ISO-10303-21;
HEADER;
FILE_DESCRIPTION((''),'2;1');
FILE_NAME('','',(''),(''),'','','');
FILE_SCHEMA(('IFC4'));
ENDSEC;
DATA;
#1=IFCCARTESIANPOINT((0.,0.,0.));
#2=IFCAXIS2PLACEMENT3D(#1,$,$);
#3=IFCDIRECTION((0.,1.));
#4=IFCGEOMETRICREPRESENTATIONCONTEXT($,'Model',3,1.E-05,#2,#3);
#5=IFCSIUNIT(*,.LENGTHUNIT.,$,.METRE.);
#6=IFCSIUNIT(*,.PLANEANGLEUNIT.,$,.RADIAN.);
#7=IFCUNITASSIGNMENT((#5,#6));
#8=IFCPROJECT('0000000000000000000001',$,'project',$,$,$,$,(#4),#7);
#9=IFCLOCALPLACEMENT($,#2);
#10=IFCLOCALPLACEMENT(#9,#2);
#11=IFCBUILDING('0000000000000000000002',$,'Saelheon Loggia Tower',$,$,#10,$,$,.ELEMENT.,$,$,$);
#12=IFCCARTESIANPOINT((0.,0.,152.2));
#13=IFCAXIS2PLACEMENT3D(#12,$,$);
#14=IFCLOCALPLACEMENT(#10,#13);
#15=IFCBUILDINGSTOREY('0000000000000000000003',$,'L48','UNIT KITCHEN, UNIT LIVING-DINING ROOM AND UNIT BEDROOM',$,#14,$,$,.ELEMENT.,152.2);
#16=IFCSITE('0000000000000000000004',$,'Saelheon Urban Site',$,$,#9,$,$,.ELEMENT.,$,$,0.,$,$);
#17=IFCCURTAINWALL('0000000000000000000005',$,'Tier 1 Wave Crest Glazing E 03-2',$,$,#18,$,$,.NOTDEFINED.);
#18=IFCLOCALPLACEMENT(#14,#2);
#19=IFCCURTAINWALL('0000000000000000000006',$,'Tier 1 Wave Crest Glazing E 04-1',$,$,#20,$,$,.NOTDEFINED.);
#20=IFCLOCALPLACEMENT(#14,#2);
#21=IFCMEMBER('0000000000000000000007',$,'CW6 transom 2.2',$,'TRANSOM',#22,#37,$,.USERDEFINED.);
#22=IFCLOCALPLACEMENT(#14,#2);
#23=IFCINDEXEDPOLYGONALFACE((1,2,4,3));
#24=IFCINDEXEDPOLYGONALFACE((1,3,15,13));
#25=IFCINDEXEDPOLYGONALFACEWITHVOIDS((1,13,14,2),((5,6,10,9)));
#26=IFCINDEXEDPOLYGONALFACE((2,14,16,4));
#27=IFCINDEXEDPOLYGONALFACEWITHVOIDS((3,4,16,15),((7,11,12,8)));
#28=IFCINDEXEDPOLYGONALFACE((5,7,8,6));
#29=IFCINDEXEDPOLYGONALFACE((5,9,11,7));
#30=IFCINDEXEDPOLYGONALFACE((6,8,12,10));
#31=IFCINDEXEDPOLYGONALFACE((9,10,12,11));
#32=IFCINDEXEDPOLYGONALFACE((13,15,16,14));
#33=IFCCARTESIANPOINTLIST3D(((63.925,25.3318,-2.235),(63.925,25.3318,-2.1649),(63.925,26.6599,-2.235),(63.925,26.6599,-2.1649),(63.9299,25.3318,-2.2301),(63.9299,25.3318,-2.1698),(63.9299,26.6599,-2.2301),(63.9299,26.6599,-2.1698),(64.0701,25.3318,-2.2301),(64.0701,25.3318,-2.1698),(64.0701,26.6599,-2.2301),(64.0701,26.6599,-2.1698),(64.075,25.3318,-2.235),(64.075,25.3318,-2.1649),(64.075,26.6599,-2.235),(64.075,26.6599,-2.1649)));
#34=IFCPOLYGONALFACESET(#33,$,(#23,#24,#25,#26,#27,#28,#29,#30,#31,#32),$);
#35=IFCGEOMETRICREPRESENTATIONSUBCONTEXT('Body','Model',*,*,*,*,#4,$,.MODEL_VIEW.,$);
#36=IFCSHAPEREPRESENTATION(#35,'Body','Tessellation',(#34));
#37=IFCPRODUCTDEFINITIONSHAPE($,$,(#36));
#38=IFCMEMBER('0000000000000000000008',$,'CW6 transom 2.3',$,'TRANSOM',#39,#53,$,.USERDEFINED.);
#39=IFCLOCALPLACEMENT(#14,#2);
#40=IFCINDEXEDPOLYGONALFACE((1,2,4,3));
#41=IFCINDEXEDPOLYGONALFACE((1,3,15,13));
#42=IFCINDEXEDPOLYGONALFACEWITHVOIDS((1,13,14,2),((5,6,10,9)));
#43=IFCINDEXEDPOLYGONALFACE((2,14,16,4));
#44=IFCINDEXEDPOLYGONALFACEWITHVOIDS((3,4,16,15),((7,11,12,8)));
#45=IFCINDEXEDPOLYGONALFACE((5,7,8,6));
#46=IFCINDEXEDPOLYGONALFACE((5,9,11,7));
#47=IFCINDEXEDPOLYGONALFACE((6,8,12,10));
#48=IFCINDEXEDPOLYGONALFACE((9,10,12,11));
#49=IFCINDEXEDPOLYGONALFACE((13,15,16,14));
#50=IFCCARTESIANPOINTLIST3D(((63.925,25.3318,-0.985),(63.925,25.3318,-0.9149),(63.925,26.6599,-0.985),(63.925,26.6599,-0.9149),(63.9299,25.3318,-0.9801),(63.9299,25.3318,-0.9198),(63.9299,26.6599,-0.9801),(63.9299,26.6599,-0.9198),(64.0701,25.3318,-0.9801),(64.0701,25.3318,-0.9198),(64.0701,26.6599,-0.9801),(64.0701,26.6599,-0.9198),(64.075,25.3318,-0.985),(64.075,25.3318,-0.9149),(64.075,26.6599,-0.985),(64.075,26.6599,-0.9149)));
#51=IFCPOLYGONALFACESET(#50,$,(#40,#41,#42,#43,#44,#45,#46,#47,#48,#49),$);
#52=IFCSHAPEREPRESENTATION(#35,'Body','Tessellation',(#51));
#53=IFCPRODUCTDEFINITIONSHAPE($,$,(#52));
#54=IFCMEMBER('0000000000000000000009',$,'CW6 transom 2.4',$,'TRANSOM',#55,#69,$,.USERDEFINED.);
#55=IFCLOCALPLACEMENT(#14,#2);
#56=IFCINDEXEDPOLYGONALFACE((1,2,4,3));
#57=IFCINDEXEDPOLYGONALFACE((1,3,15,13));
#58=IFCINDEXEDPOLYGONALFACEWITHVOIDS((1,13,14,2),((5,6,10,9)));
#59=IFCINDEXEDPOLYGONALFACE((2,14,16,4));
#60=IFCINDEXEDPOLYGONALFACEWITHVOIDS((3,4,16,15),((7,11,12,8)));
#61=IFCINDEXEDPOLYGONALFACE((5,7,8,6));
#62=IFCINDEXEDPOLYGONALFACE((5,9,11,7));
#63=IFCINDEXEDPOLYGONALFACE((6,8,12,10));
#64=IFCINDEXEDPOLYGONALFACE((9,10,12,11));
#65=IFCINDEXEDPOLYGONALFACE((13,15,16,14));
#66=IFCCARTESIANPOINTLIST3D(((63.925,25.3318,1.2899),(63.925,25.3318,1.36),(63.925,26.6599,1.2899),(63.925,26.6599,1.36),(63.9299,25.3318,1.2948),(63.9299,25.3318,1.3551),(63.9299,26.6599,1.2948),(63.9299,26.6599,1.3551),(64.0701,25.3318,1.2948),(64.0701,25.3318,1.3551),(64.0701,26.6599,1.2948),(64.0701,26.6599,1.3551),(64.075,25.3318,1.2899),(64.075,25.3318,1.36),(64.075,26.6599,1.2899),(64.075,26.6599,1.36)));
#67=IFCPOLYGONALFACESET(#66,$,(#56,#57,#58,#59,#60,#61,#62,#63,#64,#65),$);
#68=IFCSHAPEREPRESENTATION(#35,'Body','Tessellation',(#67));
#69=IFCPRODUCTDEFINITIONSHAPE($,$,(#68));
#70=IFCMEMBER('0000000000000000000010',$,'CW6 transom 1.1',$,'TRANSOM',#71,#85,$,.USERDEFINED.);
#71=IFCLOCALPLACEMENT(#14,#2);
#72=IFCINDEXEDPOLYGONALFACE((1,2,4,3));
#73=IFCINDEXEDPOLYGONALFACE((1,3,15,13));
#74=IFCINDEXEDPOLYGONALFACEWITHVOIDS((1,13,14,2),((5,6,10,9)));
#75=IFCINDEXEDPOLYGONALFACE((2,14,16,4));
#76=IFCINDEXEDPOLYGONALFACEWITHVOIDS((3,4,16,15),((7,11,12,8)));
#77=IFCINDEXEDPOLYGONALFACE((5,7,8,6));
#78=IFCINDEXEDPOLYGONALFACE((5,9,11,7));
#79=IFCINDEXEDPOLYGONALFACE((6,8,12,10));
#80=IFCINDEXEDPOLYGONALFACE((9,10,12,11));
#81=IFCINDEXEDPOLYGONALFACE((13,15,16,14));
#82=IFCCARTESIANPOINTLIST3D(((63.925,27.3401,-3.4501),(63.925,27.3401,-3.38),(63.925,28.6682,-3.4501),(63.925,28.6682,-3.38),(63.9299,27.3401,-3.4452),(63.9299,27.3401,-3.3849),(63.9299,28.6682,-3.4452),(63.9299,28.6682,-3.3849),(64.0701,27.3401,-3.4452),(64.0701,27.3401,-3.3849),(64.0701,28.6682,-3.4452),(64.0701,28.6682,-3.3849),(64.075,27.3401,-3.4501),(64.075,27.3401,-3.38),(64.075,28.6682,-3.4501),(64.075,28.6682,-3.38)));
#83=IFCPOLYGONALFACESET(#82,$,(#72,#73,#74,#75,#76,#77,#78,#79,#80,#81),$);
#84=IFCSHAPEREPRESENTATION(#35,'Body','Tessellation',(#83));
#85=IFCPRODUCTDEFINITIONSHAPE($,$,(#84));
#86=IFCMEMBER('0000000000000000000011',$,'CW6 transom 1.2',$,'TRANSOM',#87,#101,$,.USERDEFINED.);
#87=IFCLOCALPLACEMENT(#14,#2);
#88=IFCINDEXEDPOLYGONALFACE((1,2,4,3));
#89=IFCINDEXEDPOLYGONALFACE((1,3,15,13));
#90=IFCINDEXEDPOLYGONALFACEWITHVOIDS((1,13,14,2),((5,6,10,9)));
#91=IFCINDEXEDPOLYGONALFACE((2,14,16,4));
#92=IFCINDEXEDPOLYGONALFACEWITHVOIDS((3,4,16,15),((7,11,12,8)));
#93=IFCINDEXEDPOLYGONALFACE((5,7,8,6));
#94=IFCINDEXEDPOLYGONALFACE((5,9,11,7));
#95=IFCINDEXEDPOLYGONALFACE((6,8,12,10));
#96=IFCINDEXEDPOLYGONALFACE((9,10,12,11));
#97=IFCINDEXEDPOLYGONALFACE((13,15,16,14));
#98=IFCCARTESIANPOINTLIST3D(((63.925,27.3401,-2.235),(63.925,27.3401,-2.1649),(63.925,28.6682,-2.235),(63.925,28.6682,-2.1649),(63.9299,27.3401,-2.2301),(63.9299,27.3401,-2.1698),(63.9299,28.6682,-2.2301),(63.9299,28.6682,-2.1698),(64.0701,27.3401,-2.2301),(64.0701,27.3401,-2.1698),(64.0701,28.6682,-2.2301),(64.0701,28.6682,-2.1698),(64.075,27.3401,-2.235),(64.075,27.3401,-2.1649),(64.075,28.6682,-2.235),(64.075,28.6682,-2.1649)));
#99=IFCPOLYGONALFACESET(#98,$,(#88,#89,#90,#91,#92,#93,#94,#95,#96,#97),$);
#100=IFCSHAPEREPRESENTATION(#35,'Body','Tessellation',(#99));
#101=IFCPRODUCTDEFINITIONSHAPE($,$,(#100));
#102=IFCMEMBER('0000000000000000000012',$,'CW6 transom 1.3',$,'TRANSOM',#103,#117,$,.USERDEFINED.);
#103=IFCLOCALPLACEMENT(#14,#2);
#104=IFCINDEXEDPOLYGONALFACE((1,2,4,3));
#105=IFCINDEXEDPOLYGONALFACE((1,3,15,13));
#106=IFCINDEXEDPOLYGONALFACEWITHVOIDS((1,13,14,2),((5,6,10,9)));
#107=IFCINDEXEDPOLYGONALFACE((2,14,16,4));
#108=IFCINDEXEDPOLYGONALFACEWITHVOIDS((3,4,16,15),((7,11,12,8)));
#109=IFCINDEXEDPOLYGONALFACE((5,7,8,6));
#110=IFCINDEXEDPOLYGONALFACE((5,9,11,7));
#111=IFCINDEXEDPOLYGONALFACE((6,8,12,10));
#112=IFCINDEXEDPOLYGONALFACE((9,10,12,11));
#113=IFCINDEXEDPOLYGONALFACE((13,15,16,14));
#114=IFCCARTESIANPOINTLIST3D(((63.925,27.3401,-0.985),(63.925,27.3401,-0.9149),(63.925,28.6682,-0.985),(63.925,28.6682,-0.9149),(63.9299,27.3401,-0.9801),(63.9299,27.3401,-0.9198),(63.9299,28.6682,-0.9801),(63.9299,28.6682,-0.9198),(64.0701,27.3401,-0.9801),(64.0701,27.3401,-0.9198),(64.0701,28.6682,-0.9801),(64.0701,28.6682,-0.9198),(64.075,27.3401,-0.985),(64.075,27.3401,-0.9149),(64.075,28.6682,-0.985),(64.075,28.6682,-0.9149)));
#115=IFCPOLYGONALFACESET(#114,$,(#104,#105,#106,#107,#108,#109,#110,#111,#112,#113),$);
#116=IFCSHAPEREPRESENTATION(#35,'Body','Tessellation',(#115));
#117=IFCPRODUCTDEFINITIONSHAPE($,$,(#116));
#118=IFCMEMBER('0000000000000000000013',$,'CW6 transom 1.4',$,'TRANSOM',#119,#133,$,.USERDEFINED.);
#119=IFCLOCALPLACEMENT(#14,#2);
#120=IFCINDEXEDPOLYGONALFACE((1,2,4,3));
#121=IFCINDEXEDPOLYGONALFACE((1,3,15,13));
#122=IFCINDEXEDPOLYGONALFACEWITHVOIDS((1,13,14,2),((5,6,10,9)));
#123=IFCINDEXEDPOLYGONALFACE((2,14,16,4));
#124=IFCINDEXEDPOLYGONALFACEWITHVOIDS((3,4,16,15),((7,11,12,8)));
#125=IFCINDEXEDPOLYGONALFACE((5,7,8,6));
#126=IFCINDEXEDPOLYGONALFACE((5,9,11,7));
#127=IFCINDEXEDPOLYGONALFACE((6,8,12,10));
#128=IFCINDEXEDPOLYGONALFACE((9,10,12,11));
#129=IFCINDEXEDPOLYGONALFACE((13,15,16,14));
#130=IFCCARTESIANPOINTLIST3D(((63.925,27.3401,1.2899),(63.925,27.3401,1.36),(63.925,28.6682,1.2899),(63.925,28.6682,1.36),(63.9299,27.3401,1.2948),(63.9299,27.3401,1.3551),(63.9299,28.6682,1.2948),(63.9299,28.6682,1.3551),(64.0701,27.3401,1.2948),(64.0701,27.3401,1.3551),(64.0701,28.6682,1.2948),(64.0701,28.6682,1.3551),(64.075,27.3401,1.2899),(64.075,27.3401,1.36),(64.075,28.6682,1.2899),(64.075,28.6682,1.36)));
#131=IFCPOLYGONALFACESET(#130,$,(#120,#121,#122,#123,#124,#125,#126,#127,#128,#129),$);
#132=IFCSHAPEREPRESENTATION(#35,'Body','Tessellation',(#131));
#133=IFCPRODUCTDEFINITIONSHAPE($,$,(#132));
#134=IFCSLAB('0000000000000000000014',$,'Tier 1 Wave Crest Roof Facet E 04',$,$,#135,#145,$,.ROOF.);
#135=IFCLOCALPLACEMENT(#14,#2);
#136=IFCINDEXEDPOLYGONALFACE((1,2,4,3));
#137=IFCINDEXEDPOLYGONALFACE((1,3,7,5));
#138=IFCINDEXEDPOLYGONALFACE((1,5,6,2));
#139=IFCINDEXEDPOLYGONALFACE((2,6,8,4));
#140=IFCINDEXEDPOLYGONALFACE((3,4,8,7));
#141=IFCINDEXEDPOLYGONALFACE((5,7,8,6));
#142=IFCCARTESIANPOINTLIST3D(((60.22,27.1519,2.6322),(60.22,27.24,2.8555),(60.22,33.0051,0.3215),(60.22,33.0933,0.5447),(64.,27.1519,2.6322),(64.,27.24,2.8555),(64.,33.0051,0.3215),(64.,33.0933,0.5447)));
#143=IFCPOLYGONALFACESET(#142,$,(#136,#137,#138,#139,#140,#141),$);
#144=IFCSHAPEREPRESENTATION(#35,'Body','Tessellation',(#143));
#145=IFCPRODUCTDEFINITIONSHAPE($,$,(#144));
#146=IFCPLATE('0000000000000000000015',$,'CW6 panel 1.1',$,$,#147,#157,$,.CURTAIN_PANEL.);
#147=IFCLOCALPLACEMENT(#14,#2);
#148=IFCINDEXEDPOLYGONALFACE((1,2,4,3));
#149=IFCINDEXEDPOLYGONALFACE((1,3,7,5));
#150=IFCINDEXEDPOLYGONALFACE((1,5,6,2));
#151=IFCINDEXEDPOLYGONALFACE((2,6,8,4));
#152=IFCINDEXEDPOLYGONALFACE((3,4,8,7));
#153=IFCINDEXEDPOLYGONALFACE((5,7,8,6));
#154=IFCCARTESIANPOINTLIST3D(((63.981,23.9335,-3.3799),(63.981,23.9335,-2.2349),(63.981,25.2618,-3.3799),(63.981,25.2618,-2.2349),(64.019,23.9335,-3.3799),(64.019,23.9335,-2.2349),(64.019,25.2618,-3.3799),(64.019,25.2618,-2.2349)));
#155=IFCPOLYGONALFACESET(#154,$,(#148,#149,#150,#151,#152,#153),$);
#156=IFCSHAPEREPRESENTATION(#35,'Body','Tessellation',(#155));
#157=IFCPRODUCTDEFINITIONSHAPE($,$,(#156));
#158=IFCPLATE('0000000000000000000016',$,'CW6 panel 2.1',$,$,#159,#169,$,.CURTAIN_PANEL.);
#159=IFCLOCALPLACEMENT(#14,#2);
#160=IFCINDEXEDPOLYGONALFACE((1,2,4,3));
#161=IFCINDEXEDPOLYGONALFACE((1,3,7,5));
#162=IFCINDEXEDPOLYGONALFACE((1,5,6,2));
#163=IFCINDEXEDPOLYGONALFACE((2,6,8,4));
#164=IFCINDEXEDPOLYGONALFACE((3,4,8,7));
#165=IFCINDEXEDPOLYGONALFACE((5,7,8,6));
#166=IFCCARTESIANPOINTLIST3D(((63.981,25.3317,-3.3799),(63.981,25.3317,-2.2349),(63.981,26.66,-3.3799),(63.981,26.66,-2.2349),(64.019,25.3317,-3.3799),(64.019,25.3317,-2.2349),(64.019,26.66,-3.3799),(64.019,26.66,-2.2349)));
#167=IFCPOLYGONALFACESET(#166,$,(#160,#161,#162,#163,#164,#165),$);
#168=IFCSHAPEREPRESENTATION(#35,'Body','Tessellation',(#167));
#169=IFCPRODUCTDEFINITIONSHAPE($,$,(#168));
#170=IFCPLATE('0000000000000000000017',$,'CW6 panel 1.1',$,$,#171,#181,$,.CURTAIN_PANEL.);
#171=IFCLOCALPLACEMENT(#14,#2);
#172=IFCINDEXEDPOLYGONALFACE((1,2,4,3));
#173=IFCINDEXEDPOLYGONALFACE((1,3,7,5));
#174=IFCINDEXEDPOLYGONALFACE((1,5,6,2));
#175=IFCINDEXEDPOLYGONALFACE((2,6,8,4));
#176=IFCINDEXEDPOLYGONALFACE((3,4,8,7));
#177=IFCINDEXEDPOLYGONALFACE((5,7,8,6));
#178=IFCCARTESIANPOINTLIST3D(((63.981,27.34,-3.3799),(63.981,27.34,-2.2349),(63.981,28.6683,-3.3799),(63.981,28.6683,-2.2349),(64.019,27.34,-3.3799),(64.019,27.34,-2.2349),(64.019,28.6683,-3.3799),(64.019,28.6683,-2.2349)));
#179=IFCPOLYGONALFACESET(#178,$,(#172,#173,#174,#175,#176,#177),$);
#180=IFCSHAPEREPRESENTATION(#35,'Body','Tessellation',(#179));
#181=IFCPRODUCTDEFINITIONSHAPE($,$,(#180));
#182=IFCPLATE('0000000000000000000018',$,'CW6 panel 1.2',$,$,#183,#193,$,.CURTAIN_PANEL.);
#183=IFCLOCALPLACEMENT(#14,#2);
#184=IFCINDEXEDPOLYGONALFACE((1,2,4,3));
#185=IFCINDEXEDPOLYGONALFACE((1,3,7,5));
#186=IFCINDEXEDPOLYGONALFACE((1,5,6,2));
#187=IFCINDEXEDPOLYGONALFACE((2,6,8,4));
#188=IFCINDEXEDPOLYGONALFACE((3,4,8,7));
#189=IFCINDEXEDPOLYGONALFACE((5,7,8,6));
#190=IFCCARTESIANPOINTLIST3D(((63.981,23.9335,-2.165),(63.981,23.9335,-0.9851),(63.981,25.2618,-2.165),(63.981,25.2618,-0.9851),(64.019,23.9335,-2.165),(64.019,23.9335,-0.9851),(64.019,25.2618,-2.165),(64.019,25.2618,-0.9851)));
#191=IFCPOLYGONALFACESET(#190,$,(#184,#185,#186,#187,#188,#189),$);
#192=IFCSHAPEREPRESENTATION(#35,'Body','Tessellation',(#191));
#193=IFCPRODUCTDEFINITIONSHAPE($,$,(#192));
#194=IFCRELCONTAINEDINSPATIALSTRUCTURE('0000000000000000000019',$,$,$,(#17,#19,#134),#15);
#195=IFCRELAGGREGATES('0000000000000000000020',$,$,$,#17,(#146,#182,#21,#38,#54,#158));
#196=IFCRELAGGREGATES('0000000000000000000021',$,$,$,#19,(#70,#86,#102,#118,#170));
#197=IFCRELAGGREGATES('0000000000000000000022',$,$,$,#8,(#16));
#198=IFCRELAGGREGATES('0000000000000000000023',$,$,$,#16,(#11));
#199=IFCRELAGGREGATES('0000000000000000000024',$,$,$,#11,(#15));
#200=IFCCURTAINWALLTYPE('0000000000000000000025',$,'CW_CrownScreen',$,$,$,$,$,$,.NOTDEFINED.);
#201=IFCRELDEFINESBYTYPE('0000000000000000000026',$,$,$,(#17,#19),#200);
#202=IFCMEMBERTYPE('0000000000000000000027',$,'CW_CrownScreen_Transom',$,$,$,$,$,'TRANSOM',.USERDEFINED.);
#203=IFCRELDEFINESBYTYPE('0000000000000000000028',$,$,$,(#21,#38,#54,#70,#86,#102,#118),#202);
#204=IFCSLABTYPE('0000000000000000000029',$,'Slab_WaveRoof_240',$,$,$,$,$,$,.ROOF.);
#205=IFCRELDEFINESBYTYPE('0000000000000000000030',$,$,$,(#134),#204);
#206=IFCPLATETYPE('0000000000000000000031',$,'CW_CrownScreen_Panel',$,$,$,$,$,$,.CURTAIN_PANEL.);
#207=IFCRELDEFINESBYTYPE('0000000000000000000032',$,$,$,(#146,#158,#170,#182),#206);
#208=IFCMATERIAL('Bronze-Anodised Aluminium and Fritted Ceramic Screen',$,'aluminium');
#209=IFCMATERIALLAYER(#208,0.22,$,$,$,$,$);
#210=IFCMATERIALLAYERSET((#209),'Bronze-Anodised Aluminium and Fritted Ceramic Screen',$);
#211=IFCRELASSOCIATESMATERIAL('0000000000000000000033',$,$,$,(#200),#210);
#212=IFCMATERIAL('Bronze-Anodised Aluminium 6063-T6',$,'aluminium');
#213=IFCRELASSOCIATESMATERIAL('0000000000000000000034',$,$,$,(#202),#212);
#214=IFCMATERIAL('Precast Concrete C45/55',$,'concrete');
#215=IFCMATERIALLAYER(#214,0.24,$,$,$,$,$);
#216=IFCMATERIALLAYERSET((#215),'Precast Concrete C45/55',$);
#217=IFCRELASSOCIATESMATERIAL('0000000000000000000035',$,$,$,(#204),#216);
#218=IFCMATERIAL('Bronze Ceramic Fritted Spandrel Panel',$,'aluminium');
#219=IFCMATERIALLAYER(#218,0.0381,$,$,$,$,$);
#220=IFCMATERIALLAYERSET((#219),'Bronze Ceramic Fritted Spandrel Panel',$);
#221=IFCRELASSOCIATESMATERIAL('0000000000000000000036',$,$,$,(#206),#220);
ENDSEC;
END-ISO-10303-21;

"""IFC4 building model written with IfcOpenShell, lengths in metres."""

from ifc_helpers import new_model, si_unit, direction, frame, origin, origin_2d, place, context, subcontext, project, spatial, polyline, rectangle, hollow_rectangle, outline, extrude, source, transform, mapped, material, layer, layer_set, material_profile, profile_set, type_object, element, aggregate, save


model = new_model("IFC4")

# Units and contexts
model_context = context("Model", 3, precision=1e-05, world=origin(), true_north=direction((0.0, 1.0)))
body_context = subcontext(model_context, "Body", "Model", "MODEL_VIEW")
ifc_project = project(units=[si_unit("LENGTHUNIT", "METRE"), si_unit("PLANEANGLEUNIT", "RADIAN")], contexts=[model_context])

# Site, building, storey
site_placement = place(None, origin())
site = spatial("IfcSite", under=ifc_project, at=site_placement, Name="Saelheon Urban Site", CompositionType="ELEMENT", RefElevation=0.0)
building_placement = place(site_placement, origin())
building = spatial("IfcBuilding", under=site, at=building_placement, Name="Saelheon Loggia Tower", CompositionType="ELEMENT")
storey_placement = place(building_placement, frame((0.0, 0.0, 152.2)))
storey = spatial("IfcBuildingStorey", under=building, at=storey_placement, Name="L48", Description="UNIT KITCHEN, UNIT LIVING-DINING ROOM AND UNIT BEDROOM", CompositionType="ELEMENT", Elevation=152.2)

# Curtain walls
ifc_material_1 = material(Name="Bronze-Anodised Aluminium and Fritted Ceramic Screen", Category="aluminium")
ifc_layer_1 = layer(ifc_material_1, 0.22)
ifc_layer_set_1 = layer_set([ifc_layer_1], Name="Bronze-Anodised Aluminium and Fritted Ceramic Screen")
curtain_wall_type = type_object("IfcCurtainWallType", Name="CW_CrownScreen", PredefinedType="NOTDEFINED", material=ifc_layer_set_1)
curtain_wall_1_placement = place(storey_placement, origin())
curtain_wall_1 = element("IfcCurtainWall", 1, at=curtain_wall_1_placement, inside=storey, type_object=curtain_wall_type, Name="Tier 1 Wave Crest Glazing E 03-2", PredefinedType="NOTDEFINED")
ifc_material_2 = material(Name="Bronze-Anodised Aluminium 6063-T6", Category="aluminium")
ifc_material_profile_1 = material_profile(ifc_material_2, hollow_rectangle(XDim=0.0701, YDim=0.1499, WallThickness=0.0049, at=origin_2d()), Name="RHS-150x70x5")
ifc_profile_set_1 = profile_set([ifc_material_profile_1], Name="Bronze-Anodised Aluminium 6063-T6")
member_type_1 = type_object("IfcMemberType", Name="CW_CrownScreen_Transom", ElementType="TRANSOM", PredefinedType="USERDEFINED", material=ifc_profile_set_1)
curtain_wall_2_placement = place(storey_placement, origin())
curtain_wall_2 = element("IfcCurtainWall", 2, at=curtain_wall_2_placement, inside=storey, type_object=curtain_wall_type, Name="Tier 1 Wave Crest Glazing E 04-1", PredefinedType="NOTDEFINED")

# Members
shared_shape_1 = source(origin(), body_context, "Body", "SweptSolid", [
    extrude(hollow_rectangle(XDim=0.0701, YDim=0.1499, WallThickness=0.0049, at=origin_2d()), origin(), (0.0, 0.0, 1.0), 1.3281),
])
member_1_placement = place(storey_placement, frame((64.0, 25.3318, -2.2), z_axis=(0.0, 1.0, 0.0), x_axis=(0.0, 0.0, 1.0)))
member_1 = element("IfcMember", 3, at=member_1_placement, type_object=member_type_1, Name="CW6 transom 2.2", ObjectType="TRANSOM", PredefinedType="USERDEFINED", context=body_context, shape_type="MappedRepresentation", body=[
    mapped(shared_shape_1, transform((0.0, 0.0, 0.0), scale=1.0)),
])
member_2_placement = place(storey_placement, frame((64.0, 25.3318, -0.95), z_axis=(0.0, 1.0, 0.0), x_axis=(0.0, 0.0, 1.0)))
member_2 = element("IfcMember", 4, at=member_2_placement, type_object=member_type_1, Name="CW6 transom 2.3", ObjectType="TRANSOM", PredefinedType="USERDEFINED", context=body_context, shape_type="MappedRepresentation", body=[
    mapped(shared_shape_1, transform((0.0, 0.0, 0.0), scale=1.0)),
])
member_3_placement = place(storey_placement, frame((64.0, 25.3318, 1.325), z_axis=(0.0, 1.0, 0.0), x_axis=(0.0, 0.0, 1.0)))
member_3 = element("IfcMember", 5, at=member_3_placement, type_object=member_type_1, Name="CW6 transom 2.4", ObjectType="TRANSOM", PredefinedType="USERDEFINED", context=body_context, shape_type="MappedRepresentation", body=[
    mapped(shared_shape_1, transform((0.0, 0.0, 0.0), scale=1.0)),
])
member_4_placement = place(storey_placement, frame((64.0, 27.3401, -3.415), z_axis=(0.0, 1.0, 0.0), x_axis=(0.0, 0.0, 1.0)))
member_4 = element("IfcMember", 6, at=member_4_placement, type_object=member_type_1, Name="CW6 transom 1.1", ObjectType="TRANSOM", PredefinedType="USERDEFINED", context=body_context, shape_type="MappedRepresentation", body=[
    mapped(shared_shape_1, transform((0.0, 0.0, 0.0), scale=1.0)),
])
member_5_placement = place(storey_placement, frame((64.0, 27.3401, -2.2), z_axis=(0.0, 1.0, 0.0), x_axis=(0.0, 0.0, 1.0)))
member_5 = element("IfcMember", 7, at=member_5_placement, type_object=member_type_1, Name="CW6 transom 1.2", ObjectType="TRANSOM", PredefinedType="USERDEFINED", context=body_context, shape_type="MappedRepresentation", body=[
    mapped(shared_shape_1, transform((0.0, 0.0, 0.0), scale=1.0)),
])
member_6_placement = place(storey_placement, frame((64.0, 27.3401, -0.95), z_axis=(0.0, 1.0, 0.0), x_axis=(0.0, 0.0, 1.0)))
member_6 = element("IfcMember", 8, at=member_6_placement, type_object=member_type_1, Name="CW6 transom 1.3", ObjectType="TRANSOM", PredefinedType="USERDEFINED", context=body_context, shape_type="MappedRepresentation", body=[
    mapped(shared_shape_1, transform((0.0, 0.0, 0.0), scale=1.0)),
])
member_7_placement = place(storey_placement, frame((64.0, 27.3401, 1.325), z_axis=(0.0, 1.0, 0.0), x_axis=(0.0, 0.0, 1.0)))
member_7 = element("IfcMember", 9, at=member_7_placement, type_object=member_type_1, Name="CW6 transom 1.4", ObjectType="TRANSOM", PredefinedType="USERDEFINED", context=body_context, shape_type="MappedRepresentation", body=[
    mapped(shared_shape_1, transform((0.0, 0.0, 0.0), scale=1.0)),
])

# Slab
ifc_material_3 = material(Name="Precast Concrete C45/55", Category="concrete")
ifc_layer_2 = layer(ifc_material_3, 0.24)
ifc_layer_set_2 = layer_set([ifc_layer_2], Name="Precast Concrete C45/55")
slab_type = type_object("IfcSlabType", Name="Slab_WaveRoof_240", PredefinedType="ROOF", material=ifc_layer_set_2)
slab_placement = place(storey_placement, frame((60.22, 27.24, 2.8555), z_axis=(0.0, 0.367206, 0.93014), x_axis=(1.0, 0.0, 0.0)))
element("IfcSlab", 10, at=slab_placement, inside=storey, type_object=slab_type, Name="Tier 1 Wave Crest Roof Facet E 04", PredefinedType="ROOF", context=body_context, shape_type="SweptSolid", body=[
    extrude(outline(polyline([(0.0, 0.0), (3.78, 0.0), (3.78, 6.2929), (0.0, 6.2929), (0.0, 0.0)])), origin(), (0.0, 0.0, -1.0), 0.24),
])

# Plates
ifc_material_4 = material(Name="Bronze Ceramic Fritted Spandrel Panel", Category="aluminium")
ifc_layer_3 = layer(ifc_material_4, 0.0381)
ifc_layer_set_3 = layer_set([ifc_layer_3], Name="Bronze Ceramic Fritted Spandrel Panel")
plate_type = type_object("IfcPlateType", Name="CW_CrownScreen_Panel", PredefinedType="CURTAIN_PANEL", material=ifc_layer_set_3)
shared_shape_2 = source(origin(), body_context, "Body", "SweptSolid", [
    extrude(rectangle(XDim=1.3284, YDim=0.0381, at=origin_2d()), origin(), (0.0, 0.0, 1.0), 1.145),
])
plate_1_placement = place(storey_placement, frame((64.0, 24.5977, -3.3799), z_axis=(0.0, 0.0, 1.0), x_axis=(0.0, 1.0, 0.0)))
plate_1 = element("IfcPlate", 11, at=plate_1_placement, type_object=plate_type, Name="CW6 panel 1.1", PredefinedType="CURTAIN_PANEL", context=body_context, shape_type="MappedRepresentation", body=[
    mapped(shared_shape_2, transform((0.0, 0.0, 0.0), scale=1.0)),
])
plate_2_placement = place(storey_placement, frame((64.0, 25.9958, -3.3799), z_axis=(0.0, 0.0, 1.0), x_axis=(0.0, 1.0, 0.0)))
plate_2 = element("IfcPlate", 12, at=plate_2_placement, type_object=plate_type, Name="CW6 panel 2.1", PredefinedType="CURTAIN_PANEL", context=body_context, shape_type="MappedRepresentation", body=[
    mapped(shared_shape_2, transform((0.0, 0.0, 0.0), scale=1.0)),
])
plate_3_placement = place(storey_placement, frame((64.0, 28.0042, -3.3799), z_axis=(0.0, 0.0, 1.0), x_axis=(0.0, 1.0, 0.0)))
plate_3 = element("IfcPlate", 13, at=plate_3_placement, type_object=plate_type, Name="CW6 panel 1.1", PredefinedType="CURTAIN_PANEL", context=body_context, shape_type="MappedRepresentation", body=[
    mapped(shared_shape_2, transform((0.0, 0.0, 0.0), scale=1.0)),
])
shared_shape_3 = source(origin(), body_context, "Body", "SweptSolid", [
    extrude(rectangle(XDim=1.3284, YDim=0.0381, at=origin_2d()), origin(), (0.0, 0.0, 1.0), 1.1799),
])
plate_4_placement = place(storey_placement, frame((64.0, 24.5977, -2.165), z_axis=(0.0, 0.0, 1.0), x_axis=(0.0, 1.0, 0.0)))
plate_4 = element("IfcPlate", 14, at=plate_4_placement, type_object=plate_type, Name="CW6 panel 1.2", PredefinedType="CURTAIN_PANEL", context=body_context, shape_type="MappedRepresentation", body=[
    mapped(shared_shape_3, transform((0.0, 0.0, 0.0), scale=1.0)),
])
aggregate(curtain_wall_1, [plate_1, plate_4, member_1, member_2, member_3, plate_2])
aggregate(curtain_wall_2, [member_4, member_5, member_6, member_7, plate_3])

save(model, "model.ifc")
